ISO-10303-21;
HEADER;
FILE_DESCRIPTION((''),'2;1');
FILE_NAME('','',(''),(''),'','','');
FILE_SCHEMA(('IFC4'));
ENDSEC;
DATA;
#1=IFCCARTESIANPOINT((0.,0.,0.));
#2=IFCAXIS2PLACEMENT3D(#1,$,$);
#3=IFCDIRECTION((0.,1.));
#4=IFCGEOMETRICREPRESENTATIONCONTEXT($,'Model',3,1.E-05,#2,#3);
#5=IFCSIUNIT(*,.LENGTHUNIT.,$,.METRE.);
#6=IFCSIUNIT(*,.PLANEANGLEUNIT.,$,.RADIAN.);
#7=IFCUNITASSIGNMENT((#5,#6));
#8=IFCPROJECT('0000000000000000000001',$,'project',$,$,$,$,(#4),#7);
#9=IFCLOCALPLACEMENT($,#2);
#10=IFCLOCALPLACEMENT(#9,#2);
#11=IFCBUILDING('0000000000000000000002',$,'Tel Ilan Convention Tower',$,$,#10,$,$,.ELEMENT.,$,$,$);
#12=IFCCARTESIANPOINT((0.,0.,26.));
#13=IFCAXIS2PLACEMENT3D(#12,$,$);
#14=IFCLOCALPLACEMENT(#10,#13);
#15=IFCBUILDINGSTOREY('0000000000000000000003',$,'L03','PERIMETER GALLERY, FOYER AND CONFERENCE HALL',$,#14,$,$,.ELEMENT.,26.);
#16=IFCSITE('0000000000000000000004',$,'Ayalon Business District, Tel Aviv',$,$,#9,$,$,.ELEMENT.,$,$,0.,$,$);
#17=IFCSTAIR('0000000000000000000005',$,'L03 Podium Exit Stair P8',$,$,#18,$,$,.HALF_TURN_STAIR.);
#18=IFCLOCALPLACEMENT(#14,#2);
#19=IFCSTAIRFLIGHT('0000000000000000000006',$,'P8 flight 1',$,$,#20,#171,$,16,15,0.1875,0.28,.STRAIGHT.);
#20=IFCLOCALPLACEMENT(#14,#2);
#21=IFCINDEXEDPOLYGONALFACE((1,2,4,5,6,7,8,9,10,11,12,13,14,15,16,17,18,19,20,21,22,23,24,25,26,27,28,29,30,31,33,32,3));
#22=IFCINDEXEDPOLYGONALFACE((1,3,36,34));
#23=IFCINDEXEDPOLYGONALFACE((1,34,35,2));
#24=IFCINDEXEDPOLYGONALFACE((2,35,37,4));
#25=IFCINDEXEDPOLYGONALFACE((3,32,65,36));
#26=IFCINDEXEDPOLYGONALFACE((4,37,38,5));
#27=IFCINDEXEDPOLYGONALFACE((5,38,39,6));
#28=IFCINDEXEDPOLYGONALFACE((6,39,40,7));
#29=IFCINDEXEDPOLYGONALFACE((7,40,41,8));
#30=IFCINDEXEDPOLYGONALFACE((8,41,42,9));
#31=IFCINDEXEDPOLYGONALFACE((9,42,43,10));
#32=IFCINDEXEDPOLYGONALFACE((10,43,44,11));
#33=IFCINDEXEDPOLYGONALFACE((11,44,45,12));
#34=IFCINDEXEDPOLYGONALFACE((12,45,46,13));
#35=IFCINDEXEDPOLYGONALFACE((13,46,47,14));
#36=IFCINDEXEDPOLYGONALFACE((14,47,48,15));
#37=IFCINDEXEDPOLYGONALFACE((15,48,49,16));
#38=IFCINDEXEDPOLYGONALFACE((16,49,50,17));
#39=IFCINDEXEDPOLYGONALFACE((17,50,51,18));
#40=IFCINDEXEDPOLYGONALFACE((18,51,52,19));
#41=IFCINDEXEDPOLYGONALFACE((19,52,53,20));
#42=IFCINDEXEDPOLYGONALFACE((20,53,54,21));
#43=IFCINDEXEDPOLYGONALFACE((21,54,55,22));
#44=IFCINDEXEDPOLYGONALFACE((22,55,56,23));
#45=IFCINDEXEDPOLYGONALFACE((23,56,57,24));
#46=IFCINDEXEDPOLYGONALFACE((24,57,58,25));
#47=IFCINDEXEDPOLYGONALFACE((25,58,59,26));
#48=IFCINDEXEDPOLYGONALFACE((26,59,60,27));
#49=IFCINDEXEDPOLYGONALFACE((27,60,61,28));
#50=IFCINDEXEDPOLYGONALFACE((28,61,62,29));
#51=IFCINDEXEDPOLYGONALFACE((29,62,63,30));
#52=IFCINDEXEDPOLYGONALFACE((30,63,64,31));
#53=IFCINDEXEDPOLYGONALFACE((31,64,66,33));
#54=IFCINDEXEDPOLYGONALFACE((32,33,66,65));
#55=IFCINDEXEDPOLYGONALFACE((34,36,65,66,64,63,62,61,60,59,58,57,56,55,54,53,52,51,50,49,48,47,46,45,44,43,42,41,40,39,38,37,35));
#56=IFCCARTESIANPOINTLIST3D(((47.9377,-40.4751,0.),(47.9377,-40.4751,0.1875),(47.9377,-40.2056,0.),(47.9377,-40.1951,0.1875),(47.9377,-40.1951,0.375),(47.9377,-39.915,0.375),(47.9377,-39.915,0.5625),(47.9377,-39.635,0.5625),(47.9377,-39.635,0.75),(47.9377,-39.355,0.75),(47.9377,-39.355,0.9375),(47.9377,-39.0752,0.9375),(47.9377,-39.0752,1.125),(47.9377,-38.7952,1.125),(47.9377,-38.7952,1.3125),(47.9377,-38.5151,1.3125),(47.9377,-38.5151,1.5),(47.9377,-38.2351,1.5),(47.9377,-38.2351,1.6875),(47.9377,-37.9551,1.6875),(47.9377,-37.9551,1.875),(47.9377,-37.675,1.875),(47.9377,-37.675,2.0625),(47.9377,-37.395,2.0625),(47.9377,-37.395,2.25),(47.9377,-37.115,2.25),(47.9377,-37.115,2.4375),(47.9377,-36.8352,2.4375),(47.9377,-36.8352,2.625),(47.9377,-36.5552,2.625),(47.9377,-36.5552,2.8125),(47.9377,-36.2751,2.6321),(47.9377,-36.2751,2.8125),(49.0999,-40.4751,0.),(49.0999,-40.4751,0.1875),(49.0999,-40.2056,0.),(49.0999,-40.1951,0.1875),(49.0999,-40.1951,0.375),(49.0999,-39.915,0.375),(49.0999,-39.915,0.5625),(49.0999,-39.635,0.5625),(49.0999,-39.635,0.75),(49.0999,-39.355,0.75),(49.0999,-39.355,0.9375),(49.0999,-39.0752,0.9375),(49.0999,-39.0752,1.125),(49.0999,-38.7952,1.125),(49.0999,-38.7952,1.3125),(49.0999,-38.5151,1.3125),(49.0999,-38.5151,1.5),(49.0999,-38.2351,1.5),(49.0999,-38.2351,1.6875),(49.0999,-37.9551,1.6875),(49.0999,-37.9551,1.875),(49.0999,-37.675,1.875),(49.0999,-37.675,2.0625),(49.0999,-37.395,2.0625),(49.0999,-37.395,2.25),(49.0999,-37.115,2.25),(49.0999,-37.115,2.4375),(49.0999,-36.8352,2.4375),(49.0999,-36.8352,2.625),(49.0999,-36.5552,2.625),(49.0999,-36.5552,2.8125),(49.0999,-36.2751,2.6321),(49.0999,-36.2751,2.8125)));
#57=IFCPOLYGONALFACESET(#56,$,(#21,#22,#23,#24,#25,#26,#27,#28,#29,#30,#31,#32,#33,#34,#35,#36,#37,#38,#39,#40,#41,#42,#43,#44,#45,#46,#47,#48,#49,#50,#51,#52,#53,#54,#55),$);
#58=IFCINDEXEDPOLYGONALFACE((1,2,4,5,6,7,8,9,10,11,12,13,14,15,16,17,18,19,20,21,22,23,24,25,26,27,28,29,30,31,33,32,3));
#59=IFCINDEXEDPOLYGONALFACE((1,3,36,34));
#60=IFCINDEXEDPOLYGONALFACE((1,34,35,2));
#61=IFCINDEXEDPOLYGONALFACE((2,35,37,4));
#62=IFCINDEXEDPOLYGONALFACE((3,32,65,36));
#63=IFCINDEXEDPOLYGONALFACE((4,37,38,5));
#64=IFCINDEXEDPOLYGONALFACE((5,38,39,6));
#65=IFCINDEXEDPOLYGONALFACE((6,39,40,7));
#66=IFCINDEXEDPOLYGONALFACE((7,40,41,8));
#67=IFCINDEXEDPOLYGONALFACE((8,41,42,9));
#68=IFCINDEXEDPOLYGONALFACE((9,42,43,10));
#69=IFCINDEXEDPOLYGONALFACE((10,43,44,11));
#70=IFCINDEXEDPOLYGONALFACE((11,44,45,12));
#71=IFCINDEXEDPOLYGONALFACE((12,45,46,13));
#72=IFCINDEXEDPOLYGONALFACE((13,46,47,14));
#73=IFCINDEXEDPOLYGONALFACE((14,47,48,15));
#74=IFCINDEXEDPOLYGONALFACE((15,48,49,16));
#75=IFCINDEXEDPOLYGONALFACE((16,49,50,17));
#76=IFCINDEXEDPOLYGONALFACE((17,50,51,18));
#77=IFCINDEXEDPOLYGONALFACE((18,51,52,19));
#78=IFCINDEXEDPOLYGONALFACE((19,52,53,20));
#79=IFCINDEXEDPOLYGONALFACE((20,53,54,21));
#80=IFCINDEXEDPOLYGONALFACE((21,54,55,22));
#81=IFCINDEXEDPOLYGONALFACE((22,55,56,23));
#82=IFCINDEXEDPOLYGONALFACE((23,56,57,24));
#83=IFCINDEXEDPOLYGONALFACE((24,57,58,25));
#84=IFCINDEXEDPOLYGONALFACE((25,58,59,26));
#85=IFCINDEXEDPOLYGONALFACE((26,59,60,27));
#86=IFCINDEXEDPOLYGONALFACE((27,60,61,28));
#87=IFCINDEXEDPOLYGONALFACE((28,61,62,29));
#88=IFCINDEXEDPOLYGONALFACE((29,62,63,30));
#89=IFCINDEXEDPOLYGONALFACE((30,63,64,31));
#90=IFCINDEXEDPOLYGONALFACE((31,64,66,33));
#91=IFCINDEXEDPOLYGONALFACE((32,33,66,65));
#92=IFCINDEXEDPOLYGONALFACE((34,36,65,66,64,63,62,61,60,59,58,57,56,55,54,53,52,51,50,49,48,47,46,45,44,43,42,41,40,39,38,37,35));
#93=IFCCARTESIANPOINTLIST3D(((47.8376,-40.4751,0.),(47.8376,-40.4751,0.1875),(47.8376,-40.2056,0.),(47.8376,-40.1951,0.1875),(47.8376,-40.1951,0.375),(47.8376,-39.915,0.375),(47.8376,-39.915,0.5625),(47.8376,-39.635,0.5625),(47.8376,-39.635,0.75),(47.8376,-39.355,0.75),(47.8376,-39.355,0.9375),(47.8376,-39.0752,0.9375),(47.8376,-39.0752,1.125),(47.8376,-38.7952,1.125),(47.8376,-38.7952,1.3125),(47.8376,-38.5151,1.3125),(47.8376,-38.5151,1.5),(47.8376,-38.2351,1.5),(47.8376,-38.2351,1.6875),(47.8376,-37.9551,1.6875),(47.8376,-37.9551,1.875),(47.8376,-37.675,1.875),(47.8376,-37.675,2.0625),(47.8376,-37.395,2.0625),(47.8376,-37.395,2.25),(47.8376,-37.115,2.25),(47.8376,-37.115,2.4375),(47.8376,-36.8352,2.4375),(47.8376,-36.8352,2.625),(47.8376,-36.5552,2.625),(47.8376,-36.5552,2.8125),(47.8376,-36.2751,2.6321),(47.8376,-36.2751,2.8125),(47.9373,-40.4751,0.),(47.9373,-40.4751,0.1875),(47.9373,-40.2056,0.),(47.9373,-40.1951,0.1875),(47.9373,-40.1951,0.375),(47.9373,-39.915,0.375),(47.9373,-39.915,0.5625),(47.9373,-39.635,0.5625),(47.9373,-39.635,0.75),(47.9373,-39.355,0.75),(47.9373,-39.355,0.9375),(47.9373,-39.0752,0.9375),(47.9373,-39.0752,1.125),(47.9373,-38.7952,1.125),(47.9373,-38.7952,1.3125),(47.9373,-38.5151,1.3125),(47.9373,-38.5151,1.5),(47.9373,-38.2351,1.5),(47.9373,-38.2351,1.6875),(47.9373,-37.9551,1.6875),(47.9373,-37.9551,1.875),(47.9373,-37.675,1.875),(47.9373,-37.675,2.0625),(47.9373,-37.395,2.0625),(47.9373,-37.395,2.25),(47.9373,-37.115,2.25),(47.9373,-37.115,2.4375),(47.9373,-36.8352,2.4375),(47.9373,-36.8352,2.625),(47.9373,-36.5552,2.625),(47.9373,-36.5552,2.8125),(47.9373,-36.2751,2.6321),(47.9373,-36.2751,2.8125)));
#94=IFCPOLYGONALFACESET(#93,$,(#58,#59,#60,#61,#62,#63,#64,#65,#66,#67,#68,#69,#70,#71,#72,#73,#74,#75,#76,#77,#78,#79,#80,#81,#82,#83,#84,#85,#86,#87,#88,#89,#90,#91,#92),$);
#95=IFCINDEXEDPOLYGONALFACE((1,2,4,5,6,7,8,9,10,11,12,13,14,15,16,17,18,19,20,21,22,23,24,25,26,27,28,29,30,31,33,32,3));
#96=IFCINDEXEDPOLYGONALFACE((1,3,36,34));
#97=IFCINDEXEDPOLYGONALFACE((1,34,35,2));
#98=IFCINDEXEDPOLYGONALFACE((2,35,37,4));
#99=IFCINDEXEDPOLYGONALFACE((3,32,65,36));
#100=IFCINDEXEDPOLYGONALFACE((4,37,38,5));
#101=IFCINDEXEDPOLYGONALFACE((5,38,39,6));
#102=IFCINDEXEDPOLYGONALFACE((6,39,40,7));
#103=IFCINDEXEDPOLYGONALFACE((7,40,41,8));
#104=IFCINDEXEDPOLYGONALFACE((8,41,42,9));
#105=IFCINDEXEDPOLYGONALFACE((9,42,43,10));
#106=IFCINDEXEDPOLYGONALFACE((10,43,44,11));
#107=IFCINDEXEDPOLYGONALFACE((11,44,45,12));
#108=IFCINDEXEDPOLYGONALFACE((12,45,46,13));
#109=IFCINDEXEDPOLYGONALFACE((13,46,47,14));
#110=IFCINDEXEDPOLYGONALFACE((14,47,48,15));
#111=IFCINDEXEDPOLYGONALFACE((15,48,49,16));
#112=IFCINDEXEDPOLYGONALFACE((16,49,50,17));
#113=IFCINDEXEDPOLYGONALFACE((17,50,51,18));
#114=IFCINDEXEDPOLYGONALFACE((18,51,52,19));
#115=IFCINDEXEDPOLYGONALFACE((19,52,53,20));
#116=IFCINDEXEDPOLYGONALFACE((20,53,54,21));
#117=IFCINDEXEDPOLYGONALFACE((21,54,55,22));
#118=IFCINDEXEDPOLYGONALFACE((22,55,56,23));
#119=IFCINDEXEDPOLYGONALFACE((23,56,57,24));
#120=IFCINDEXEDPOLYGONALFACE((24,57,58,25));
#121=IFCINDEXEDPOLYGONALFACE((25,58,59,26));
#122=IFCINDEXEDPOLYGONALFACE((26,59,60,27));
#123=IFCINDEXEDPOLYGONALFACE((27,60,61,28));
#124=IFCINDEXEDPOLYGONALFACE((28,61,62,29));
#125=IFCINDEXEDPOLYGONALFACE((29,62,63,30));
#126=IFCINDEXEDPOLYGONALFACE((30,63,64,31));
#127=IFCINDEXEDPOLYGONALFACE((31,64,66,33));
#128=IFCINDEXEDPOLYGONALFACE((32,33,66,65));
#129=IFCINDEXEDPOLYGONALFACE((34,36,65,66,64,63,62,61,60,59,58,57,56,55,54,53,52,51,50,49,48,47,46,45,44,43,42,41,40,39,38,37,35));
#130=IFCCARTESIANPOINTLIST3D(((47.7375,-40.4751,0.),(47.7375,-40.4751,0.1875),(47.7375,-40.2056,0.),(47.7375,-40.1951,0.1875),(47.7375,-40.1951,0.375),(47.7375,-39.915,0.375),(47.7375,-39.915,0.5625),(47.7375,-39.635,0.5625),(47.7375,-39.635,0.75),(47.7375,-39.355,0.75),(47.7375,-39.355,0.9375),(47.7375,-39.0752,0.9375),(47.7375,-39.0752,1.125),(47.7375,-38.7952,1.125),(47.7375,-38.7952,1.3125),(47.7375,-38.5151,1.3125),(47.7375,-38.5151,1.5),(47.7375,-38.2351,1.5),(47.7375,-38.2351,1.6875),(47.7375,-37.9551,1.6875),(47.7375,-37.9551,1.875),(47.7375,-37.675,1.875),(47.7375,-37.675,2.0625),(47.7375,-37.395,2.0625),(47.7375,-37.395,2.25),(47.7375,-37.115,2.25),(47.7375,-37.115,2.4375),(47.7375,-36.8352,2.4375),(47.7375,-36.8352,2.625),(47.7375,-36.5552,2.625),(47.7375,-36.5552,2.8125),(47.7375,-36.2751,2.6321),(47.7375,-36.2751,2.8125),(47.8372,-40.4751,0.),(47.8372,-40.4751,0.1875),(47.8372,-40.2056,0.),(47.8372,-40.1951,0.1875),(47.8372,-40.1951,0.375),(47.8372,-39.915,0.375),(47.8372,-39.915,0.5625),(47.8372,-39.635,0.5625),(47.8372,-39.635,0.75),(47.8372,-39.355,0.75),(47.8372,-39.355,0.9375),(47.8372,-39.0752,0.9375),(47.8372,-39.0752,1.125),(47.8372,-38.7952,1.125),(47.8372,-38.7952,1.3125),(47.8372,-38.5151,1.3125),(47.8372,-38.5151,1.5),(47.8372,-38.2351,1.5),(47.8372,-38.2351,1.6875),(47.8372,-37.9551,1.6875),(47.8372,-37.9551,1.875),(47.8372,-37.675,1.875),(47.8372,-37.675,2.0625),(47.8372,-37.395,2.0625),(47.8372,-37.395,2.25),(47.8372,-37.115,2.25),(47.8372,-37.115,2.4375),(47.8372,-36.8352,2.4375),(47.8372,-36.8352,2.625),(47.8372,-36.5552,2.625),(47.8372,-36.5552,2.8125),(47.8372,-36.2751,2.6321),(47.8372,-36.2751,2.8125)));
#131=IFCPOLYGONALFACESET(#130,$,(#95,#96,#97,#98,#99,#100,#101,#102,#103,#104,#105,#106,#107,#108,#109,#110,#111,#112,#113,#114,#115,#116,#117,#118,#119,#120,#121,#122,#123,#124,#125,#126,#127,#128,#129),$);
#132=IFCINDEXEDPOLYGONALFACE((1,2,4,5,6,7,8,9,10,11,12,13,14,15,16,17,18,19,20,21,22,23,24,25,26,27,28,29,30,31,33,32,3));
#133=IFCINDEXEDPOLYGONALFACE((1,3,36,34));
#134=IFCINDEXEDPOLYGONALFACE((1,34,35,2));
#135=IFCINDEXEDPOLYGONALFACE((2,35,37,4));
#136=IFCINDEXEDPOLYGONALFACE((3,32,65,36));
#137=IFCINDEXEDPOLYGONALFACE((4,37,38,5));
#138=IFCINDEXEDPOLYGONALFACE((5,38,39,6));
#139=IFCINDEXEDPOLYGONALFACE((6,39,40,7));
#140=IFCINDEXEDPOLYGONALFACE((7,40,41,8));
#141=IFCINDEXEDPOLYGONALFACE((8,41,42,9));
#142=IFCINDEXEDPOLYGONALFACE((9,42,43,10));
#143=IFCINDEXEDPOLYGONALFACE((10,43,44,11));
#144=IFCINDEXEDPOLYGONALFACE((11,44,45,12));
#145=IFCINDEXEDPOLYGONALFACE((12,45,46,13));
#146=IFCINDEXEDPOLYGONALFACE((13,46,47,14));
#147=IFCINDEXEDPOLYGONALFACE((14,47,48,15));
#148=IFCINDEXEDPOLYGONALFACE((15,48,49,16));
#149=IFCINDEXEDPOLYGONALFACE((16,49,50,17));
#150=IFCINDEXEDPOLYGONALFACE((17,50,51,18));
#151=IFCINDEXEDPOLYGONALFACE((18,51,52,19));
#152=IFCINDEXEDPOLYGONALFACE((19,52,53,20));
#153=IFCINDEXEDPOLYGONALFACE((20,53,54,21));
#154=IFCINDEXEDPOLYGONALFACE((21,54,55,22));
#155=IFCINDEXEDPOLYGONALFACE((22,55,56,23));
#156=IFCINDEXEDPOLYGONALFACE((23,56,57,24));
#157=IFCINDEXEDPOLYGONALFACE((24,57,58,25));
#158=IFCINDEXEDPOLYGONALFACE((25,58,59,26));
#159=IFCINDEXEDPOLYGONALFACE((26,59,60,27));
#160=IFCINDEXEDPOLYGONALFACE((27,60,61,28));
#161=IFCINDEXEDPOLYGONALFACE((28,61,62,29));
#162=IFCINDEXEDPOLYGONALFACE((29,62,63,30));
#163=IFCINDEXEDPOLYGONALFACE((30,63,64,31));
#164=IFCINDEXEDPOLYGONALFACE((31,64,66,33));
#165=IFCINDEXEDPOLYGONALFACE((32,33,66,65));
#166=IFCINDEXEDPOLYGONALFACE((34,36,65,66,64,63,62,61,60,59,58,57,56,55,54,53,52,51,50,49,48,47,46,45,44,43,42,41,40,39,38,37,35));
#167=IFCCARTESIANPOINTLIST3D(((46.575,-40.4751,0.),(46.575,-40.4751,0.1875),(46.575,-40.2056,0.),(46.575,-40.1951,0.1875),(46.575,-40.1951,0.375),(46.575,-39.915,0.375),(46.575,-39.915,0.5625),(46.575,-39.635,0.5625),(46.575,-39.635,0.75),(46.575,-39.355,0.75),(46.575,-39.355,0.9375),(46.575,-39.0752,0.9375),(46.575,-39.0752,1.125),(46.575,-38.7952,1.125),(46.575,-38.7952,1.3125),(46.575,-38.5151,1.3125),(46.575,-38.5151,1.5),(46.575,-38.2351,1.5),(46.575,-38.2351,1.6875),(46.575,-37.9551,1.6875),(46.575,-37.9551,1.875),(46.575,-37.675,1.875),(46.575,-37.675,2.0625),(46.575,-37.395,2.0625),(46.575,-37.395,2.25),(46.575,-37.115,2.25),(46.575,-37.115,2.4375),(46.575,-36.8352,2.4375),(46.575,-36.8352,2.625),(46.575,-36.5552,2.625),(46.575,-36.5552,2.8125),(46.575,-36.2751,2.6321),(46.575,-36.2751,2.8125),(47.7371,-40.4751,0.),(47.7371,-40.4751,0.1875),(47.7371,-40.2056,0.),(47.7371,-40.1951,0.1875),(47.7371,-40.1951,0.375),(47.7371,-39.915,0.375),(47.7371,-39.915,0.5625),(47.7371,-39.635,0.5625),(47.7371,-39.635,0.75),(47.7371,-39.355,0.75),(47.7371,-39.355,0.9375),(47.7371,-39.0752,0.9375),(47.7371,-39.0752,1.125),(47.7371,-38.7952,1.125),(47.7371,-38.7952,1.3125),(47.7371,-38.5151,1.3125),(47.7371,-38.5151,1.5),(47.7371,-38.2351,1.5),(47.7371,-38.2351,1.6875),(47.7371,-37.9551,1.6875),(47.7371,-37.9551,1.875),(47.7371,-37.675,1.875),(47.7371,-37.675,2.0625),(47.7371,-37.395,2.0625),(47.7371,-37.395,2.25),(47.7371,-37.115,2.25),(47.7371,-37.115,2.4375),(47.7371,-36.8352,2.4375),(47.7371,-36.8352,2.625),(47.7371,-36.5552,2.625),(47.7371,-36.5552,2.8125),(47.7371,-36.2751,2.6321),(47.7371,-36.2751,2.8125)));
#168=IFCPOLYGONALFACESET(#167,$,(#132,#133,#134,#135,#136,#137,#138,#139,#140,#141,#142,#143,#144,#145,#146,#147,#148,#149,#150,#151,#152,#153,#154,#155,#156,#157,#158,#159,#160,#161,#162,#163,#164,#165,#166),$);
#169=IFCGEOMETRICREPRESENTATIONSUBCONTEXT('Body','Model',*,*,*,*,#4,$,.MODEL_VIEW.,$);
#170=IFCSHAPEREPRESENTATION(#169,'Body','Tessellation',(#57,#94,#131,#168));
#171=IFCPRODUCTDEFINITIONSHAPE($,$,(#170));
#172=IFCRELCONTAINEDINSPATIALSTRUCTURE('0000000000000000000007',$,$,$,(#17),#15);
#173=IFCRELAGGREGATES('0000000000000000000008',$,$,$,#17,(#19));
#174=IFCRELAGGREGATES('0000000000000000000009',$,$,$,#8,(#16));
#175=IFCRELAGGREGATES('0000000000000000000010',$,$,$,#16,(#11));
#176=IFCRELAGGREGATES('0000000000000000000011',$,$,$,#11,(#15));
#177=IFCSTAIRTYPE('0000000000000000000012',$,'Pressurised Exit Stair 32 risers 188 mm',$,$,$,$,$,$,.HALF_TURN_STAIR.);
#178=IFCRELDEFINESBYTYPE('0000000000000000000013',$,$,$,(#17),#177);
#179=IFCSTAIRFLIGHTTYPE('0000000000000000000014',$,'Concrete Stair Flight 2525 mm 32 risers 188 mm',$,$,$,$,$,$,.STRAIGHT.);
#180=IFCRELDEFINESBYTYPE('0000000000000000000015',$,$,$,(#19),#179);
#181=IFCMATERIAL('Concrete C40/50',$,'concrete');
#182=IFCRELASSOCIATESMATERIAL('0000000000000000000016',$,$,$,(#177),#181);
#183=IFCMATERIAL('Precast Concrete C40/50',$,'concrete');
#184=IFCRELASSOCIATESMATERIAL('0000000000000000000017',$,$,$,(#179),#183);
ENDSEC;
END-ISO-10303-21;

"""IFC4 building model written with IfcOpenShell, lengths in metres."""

from ifc_helpers import new_model, si_unit, direction, frame, origin, place, context, subcontext, project, spatial, polyline, outline, extrude, material, type_object, element, aggregate, save


model = new_model("IFC4")

# Units and contexts
model_context = context("Model", 3, precision=1e-05, world=origin(), true_north=direction((0.0, 1.0)))
body_context = subcontext(model_context, "Body", "Model", "MODEL_VIEW")
ifc_project = project(units=[si_unit("LENGTHUNIT", "METRE"), si_unit("PLANEANGLEUNIT", "RADIAN")], contexts=[model_context])

# Site, building, storey
site_placement = place(None, origin())
site = spatial("IfcSite", under=ifc_project, at=site_placement, Name="Ayalon Business District, Tel Aviv", CompositionType="ELEMENT", RefElevation=0.0)
building_placement = place(site_placement, origin())
building = spatial("IfcBuilding", under=site, at=building_placement, Name="Tel Ilan Convention Tower", CompositionType="ELEMENT")
storey_placement = place(building_placement, frame((0.0, 0.0, 26.0)))
storey = spatial("IfcBuildingStorey", under=building, at=storey_placement, Name="L03", Description="PERIMETER GALLERY, FOYER AND CONFERENCE HALL", CompositionType="ELEMENT", Elevation=26.0)

# Stair, stair flight
ifc_material_1 = material(Name="Concrete C40/50", Category="concrete")
stair_type = type_object("IfcStairType", Name="Pressurised Exit Stair 32 risers 188 mm", PredefinedType="HALF_TURN_STAIR", material=ifc_material_1)
ifc_material_2 = material(Name="Precast Concrete C40/50", Category="concrete")
stair_flight_type = type_object("IfcStairFlightType", Name="Concrete Stair Flight 2525 mm 32 risers 188 mm", PredefinedType="STRAIGHT", material=ifc_material_2)
stair_1_placement = place(storey_placement, origin())
stair_1 = element("IfcStair", 1, at=stair_1_placement, inside=storey, type_object=stair_type, Name="L03 Podium Exit Stair P8", PredefinedType="HALF_TURN_STAIR")
stair_flight_1_placement = place(storey_placement, frame((47.8374, -40.4751, 0.0), z_axis=(0.0, 0.0, 1.0), x_axis=(0.0, 1.0, 0.0)))
stair_flight_1 = element("IfcStairFlight", 2, at=stair_flight_1_placement, type_object=stair_flight_type, Name="P8 flight 1", NumberOfRisers=16, NumberOfTreads=15, PredefinedType="STRAIGHT", RiserHeight=0.1875, TreadLength=0.28, context=body_context, shape_type="SweptSolid", body=[
    extrude(outline(polyline([(0.0, 0.0), (0.0, 0.1875), (0.28, 0.1875), (0.28, 0.375), (0.5601, 0.375), (0.5601, 0.5625), (0.8401, 0.5625), (0.8401, 0.75), (1.1201, 0.75), (1.1201, 0.9375), (1.3999, 0.9375), (1.3999, 1.125), (1.6799, 1.125), (1.6799, 1.3125), (1.96, 1.3125), (1.96, 1.5), (2.24, 1.5), (2.24, 1.6875), (2.52, 1.6875), (2.52, 1.875), (2.8, 1.875), (2.8, 2.0625), (3.0801, 2.0625), (3.0801, 2.25), (3.3601, 2.25), (3.3601, 2.4375), (3.6399, 2.4375), (3.6399, 2.625), (3.9199, 2.625), (3.9199, 2.8125), (4.2, 2.8125), (4.2, 3.0), (4.2, 2.6321), (0.2695, 0.0), (0.0, 0.0)])), frame((0.0, -0.1003, 0.0), z_axis=(0.0, -1.0, 0.0), x_axis=(1.0, 0.0, 0.0)), (0.0, 0.0, 1.0), 1.1621),
    extrude(outline(polyline([(0.0, 0.0), (0.0, 0.1875), (0.28, 0.1875), (0.28, 0.375), (0.5601, 0.375), (0.5601, 0.5625), (0.8401, 0.5625), (0.8401, 0.75), (1.1201, 0.75), (1.1201, 0.9375), (1.3999, 0.9375), (1.3999, 1.125), (1.6799, 1.125), (1.6799, 1.3125), (1.96, 1.3125), (1.96, 1.5), (2.24, 1.5), (2.24, 1.6875), (2.52, 1.6875), (2.52, 1.875), (2.8, 1.875), (2.8, 2.0625), (3.0801, 2.0625), (3.0801, 2.25), (3.3601, 2.25), (3.3601, 2.4375), (3.6399, 2.4375), (3.6399, 2.625), (3.9199, 2.625), (3.9199, 2.8125), (4.2, 2.8125), (4.2, 3.0), (4.2, 2.6321), (0.2695, 0.0), (0.0, 0.0)])), frame((0.0, -0.0002, 0.0), z_axis=(0.0, -1.0, 0.0), x_axis=(1.0, 0.0, 0.0)), (0.0, 0.0, 1.0), 0.0996),
    extrude(outline(polyline([(0.0, 0.0), (0.0, 0.1875), (0.28, 0.1875), (0.28, 0.375), (0.5601, 0.375), (0.5601, 0.5625), (0.8401, 0.5625), (0.8401, 0.75), (1.1201, 0.75), (1.1201, 0.9375), (1.3999, 0.9375), (1.3999, 1.125), (1.6799, 1.125), (1.6799, 1.3125), (1.96, 1.3125), (1.96, 1.5), (2.24, 1.5), (2.24, 1.6875), (2.52, 1.6875), (2.52, 1.875), (2.8, 1.875), (2.8, 2.0625), (3.0801, 2.0625), (3.0801, 2.25), (3.3601, 2.25), (3.3601, 2.4375), (3.6399, 2.4375), (3.6399, 2.625), (3.9199, 2.625), (3.9199, 2.8125), (4.2, 2.8125), (4.2, 3.0), (4.2, 2.6321), (0.2695, 0.0), (0.0, 0.0)])), frame((0.0, 0.0999, 0.0), z_axis=(0.0, -1.0, 0.0), x_axis=(1.0, 0.0, 0.0)), (0.0, 0.0, 1.0), 0.0996),
    extrude(outline(polyline([(0.0, 0.0), (0.0, 0.1875), (0.28, 0.1875), (0.28, 0.375), (0.5601, 0.375), (0.5601, 0.5625), (0.8401, 0.5625), (0.8401, 0.75), (1.1201, 0.75), (1.1201, 0.9375), (1.3999, 0.9375), (1.3999, 1.125), (1.6799, 1.125), (1.6799, 1.3125), (1.96, 1.3125), (1.96, 1.5), (2.24, 1.5), (2.24, 1.6875), (2.52, 1.6875), (2.52, 1.875), (2.8, 1.875), (2.8, 2.0625), (3.0801, 2.0625), (3.0801, 2.25), (3.3601, 2.25), (3.3601, 2.4375), (3.6399, 2.4375), (3.6399, 2.625), (3.9199, 2.625), (3.9199, 2.8125), (4.2, 2.8125), (4.2, 3.0), (4.2, 2.6321), (0.2695, 0.0), (0.0, 0.0)])), frame((0.0, 1.2625, 0.0), z_axis=(0.0, -1.0, 0.0), x_axis=(1.0, 0.0, 0.0)), (0.0, 0.0, 1.0), 1.1621),
])
aggregate(stair_1, [stair_flight_1])

save(model, "model.ifc")
